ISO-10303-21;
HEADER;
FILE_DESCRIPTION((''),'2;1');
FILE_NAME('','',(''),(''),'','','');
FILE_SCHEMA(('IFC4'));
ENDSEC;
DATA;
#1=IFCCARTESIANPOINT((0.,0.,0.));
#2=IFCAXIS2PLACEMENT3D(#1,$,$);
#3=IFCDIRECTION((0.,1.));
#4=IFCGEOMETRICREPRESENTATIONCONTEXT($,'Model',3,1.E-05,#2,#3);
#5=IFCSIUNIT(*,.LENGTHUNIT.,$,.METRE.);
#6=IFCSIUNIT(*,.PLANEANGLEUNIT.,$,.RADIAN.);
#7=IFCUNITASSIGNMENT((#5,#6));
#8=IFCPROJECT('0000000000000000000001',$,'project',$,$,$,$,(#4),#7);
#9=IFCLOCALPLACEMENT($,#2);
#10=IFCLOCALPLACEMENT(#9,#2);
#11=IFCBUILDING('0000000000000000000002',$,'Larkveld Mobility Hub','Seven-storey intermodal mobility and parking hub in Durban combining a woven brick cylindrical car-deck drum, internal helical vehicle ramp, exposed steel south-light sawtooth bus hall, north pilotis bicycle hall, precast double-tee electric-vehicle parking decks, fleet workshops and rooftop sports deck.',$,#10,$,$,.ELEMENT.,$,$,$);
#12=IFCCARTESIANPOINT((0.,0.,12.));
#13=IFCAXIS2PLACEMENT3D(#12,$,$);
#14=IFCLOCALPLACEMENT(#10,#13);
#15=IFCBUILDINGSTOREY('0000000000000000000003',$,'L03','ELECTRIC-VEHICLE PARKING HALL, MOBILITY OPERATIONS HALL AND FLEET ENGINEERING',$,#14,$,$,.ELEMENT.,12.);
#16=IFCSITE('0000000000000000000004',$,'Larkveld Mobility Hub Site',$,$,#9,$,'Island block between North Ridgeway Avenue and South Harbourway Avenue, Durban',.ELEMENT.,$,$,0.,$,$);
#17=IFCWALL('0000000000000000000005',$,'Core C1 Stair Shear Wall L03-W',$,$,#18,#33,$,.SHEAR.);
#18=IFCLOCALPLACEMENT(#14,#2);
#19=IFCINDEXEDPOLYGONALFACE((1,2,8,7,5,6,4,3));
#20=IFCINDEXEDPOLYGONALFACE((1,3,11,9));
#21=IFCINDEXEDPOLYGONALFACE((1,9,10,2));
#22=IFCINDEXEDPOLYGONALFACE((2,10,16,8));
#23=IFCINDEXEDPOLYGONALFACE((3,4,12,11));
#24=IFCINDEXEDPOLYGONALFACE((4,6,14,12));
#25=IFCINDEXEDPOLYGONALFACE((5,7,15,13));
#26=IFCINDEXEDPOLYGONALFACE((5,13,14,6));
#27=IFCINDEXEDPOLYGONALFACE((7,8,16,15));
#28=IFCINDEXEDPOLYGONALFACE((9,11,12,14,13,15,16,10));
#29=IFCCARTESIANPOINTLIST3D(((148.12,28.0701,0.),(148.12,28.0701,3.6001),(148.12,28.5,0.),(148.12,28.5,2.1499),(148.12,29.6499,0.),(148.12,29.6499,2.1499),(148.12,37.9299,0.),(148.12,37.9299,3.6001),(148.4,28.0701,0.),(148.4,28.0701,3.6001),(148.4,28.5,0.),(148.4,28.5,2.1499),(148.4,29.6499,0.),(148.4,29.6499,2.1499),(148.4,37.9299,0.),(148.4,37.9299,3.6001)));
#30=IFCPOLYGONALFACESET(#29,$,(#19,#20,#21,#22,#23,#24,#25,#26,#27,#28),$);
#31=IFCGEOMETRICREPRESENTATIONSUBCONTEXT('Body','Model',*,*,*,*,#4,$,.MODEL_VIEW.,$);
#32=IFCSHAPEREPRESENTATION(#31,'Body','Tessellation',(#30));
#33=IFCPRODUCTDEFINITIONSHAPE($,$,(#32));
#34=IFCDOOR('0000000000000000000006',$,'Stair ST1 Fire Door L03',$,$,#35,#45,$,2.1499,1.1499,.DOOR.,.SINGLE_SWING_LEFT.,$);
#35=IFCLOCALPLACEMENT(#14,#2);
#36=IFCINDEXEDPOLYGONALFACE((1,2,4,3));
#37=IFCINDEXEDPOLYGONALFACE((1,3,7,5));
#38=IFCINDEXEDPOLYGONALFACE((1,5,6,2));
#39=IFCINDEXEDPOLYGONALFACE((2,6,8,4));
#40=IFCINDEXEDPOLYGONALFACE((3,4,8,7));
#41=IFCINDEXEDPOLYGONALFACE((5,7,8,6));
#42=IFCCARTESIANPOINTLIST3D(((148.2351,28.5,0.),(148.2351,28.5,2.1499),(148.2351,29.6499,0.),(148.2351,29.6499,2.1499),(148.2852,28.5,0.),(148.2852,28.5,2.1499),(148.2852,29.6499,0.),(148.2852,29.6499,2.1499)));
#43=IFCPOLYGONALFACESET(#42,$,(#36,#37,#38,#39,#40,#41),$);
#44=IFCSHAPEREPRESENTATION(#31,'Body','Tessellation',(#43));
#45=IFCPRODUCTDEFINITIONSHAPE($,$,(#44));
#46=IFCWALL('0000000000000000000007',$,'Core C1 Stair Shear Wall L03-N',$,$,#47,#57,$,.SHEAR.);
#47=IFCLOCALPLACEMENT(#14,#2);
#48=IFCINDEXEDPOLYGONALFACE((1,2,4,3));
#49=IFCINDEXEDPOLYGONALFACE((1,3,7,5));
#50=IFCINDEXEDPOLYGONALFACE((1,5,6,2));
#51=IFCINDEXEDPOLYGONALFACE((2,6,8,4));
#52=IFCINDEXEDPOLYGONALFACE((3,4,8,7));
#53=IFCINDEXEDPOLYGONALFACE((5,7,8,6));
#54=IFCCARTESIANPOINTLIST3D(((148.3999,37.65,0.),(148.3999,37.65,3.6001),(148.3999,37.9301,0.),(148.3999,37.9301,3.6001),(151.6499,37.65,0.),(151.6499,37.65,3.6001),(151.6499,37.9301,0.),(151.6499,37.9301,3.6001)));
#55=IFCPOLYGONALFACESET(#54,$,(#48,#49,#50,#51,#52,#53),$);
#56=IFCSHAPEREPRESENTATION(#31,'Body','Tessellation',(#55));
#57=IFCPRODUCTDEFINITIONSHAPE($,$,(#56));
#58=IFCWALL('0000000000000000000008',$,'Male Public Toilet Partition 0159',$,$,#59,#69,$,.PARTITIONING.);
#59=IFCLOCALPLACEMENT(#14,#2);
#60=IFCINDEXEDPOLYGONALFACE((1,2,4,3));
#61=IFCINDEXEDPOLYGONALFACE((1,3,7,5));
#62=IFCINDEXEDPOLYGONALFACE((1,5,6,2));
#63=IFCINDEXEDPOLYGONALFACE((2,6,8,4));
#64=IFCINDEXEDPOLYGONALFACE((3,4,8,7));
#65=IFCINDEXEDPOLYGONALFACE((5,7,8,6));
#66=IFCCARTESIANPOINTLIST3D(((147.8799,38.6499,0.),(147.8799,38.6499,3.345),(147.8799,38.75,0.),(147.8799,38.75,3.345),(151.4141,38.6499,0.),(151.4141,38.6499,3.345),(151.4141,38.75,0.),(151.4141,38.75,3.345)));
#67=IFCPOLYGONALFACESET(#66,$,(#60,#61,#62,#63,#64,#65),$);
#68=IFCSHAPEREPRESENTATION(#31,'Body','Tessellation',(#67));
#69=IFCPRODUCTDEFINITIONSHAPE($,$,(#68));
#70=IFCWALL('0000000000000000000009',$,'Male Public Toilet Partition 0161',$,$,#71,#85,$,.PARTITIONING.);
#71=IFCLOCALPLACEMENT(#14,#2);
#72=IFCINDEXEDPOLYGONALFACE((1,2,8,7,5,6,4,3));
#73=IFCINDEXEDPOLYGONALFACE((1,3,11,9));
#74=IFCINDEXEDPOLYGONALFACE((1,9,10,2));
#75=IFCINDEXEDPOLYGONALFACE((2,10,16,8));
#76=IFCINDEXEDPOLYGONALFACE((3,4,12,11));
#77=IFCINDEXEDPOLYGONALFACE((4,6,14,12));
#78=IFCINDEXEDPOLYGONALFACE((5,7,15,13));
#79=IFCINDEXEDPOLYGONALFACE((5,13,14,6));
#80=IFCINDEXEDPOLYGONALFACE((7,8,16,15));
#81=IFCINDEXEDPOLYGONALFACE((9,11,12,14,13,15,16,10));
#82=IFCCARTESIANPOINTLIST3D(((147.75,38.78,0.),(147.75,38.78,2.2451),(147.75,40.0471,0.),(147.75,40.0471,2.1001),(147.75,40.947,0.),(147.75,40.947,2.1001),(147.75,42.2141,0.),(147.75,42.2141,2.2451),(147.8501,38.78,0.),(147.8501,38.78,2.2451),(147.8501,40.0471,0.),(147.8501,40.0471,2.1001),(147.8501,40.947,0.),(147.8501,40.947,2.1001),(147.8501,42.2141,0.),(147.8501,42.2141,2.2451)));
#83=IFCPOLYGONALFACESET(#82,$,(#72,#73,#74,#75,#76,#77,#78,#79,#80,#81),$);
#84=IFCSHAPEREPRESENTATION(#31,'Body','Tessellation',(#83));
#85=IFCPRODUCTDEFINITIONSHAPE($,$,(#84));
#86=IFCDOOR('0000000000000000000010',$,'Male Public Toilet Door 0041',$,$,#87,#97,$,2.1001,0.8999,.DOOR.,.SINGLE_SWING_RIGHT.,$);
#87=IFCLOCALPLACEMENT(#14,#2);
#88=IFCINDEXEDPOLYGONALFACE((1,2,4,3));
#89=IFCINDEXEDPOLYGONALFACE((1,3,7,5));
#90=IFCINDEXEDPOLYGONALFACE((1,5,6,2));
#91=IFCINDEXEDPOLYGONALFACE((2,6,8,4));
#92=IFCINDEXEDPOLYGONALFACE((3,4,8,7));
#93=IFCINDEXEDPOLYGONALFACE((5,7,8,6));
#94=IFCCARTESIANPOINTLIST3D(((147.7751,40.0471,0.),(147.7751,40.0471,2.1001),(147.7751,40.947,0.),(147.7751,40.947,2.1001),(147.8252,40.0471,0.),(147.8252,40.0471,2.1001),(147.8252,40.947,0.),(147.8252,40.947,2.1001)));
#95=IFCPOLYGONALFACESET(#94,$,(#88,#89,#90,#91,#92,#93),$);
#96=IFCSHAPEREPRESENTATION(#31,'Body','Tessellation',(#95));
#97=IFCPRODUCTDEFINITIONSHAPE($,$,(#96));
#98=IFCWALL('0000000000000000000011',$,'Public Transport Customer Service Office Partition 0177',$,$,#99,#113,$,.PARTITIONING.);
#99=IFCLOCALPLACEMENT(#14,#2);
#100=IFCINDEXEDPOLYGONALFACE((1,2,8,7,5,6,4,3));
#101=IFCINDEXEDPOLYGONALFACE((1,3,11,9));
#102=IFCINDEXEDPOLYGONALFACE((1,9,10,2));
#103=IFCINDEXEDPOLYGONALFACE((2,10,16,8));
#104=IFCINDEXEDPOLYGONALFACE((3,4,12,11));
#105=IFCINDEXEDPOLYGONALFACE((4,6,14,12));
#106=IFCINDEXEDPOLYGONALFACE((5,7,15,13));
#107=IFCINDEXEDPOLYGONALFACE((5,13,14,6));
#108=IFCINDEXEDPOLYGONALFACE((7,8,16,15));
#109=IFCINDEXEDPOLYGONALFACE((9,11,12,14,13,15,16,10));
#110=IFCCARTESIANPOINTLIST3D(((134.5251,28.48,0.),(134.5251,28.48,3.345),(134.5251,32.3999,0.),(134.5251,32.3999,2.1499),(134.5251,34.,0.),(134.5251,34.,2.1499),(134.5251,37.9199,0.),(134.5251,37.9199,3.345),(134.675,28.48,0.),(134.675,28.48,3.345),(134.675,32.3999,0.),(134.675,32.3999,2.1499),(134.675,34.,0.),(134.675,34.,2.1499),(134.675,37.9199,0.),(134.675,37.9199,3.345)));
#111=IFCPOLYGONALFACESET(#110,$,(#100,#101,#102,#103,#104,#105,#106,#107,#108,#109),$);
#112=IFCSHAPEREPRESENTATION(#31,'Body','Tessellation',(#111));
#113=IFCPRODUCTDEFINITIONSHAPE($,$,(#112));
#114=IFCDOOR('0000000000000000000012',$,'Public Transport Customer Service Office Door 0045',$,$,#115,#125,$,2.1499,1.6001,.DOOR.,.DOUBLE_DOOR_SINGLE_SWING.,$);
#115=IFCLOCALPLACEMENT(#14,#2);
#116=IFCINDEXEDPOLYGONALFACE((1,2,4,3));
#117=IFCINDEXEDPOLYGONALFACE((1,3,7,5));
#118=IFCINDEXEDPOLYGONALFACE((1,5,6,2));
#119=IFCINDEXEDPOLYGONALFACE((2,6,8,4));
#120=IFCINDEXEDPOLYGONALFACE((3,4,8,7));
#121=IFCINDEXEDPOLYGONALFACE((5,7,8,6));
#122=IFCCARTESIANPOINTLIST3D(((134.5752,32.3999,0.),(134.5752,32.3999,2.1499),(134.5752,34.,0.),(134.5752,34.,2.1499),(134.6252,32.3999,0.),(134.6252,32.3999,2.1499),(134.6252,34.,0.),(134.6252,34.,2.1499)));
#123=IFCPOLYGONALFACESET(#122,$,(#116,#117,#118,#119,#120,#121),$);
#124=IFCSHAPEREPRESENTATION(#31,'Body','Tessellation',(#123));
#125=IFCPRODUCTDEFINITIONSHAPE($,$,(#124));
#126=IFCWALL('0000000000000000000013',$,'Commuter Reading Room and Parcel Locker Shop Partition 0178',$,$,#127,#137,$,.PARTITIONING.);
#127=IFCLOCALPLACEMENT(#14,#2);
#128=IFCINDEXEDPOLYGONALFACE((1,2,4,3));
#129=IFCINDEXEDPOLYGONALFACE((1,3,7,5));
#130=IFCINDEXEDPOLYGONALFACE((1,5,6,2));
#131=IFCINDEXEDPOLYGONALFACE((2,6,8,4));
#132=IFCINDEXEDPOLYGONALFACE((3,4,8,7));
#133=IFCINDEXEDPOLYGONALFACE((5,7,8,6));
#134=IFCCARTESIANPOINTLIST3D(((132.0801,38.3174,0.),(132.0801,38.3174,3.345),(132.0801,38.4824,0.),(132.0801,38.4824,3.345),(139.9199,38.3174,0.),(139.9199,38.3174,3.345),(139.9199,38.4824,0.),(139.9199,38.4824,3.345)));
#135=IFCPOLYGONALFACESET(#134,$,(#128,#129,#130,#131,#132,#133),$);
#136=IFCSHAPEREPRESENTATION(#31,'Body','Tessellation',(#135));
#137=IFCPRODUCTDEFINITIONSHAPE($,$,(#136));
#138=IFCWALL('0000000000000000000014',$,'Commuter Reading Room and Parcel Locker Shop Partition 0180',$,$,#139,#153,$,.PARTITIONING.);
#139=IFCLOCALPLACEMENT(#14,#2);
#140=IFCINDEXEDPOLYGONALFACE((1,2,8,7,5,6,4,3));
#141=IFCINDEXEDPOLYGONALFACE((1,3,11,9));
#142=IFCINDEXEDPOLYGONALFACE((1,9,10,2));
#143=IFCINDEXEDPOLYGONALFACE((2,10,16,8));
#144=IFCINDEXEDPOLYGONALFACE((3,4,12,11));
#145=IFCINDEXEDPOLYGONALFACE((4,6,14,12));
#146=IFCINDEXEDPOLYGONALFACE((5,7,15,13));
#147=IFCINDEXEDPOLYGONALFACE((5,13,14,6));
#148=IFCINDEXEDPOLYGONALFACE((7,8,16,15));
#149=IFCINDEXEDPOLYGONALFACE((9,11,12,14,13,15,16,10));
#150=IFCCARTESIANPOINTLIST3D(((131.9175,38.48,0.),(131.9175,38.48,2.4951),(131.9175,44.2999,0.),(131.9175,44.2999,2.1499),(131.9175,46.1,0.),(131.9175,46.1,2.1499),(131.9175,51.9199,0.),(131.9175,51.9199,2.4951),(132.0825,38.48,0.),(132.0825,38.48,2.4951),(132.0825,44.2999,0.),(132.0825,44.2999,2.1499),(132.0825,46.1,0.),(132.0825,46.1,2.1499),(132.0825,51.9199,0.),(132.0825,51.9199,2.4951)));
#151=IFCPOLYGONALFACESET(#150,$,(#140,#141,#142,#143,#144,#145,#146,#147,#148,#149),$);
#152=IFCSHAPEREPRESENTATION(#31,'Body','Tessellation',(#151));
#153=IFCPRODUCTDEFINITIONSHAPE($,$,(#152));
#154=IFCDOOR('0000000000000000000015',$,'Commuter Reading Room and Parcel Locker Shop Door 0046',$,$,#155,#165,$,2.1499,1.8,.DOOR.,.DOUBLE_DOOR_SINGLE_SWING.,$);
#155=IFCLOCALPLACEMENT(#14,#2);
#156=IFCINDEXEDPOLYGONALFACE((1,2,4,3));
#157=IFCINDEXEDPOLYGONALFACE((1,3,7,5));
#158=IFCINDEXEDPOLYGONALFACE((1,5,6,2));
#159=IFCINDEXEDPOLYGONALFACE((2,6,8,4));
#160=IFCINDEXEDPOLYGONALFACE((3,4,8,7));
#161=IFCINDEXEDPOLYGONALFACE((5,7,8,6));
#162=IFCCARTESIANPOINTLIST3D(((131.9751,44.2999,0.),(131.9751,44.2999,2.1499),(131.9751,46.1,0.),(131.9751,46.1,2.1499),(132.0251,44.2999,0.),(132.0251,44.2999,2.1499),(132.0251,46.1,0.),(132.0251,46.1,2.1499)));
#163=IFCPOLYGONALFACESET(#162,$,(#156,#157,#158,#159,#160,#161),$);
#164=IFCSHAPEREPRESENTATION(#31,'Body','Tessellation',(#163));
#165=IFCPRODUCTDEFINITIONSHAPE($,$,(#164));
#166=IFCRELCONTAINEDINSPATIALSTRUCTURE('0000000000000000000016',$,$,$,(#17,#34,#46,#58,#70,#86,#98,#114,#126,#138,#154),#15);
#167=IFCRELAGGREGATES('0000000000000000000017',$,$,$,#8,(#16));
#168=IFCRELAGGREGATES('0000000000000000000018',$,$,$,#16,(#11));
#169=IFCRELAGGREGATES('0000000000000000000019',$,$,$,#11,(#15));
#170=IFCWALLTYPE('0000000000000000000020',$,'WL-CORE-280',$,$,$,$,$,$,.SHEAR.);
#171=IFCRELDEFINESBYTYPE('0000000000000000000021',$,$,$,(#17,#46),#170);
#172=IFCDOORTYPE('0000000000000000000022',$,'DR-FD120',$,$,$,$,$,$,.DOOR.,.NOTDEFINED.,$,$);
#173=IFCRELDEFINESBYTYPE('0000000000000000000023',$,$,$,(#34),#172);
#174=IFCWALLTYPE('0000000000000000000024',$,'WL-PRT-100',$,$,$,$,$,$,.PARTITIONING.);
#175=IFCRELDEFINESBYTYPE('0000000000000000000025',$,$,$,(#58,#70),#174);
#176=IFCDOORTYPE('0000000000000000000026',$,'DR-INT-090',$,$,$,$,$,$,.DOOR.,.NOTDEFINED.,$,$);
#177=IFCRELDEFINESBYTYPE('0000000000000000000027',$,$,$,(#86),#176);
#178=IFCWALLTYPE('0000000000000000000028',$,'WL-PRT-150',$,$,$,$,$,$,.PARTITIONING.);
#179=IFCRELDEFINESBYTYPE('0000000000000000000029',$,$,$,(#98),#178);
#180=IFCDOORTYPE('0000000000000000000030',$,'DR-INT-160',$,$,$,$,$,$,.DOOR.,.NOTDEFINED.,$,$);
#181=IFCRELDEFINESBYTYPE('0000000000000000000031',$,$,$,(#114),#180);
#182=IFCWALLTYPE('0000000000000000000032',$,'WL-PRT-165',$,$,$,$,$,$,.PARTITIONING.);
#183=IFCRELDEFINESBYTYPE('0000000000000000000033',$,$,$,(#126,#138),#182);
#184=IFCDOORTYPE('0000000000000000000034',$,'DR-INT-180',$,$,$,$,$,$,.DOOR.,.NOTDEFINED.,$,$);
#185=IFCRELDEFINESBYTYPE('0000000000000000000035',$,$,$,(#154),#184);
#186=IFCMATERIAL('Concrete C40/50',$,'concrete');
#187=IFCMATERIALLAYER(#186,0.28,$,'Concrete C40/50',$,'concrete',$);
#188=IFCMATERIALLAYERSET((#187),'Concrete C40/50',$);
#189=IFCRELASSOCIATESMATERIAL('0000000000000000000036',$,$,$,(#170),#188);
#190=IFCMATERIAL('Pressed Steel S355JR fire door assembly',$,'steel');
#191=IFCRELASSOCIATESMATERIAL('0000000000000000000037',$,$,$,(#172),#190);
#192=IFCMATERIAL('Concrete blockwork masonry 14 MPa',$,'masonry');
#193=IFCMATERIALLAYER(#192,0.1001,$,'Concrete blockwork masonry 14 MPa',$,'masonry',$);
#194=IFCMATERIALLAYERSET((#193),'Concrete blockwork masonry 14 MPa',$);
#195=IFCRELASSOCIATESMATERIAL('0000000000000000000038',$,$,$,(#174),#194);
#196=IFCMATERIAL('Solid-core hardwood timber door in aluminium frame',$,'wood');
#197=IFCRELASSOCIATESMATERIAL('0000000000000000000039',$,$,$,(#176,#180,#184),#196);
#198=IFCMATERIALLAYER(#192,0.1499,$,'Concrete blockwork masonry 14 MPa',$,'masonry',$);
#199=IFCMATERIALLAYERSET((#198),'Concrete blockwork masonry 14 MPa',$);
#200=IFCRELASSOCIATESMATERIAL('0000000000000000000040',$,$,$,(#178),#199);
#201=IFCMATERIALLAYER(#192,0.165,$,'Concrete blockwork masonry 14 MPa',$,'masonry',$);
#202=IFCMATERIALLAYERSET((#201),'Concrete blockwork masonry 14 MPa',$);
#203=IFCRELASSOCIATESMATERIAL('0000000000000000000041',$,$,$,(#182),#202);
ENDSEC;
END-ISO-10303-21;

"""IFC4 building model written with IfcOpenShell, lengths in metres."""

from ifc_helpers import new_model, si_unit, direction, frame, frame_2d, origin, place, context, subcontext, project, spatial, rectangle, extrude, material, layer, layer_set, type_object, element, fill, save


model = new_model("IFC4")

# Units and contexts
model_context = context("Model", 3, precision=1e-05, world=origin(), true_north=direction((0.0, 1.0)))
body_context = subcontext(model_context, "Body", "Model", "MODEL_VIEW")
ifc_project = project(units=[si_unit("LENGTHUNIT", "METRE"), si_unit("PLANEANGLEUNIT", "RADIAN")], contexts=[model_context])

# Site, building, storey
site_placement = place(None, origin())
site = spatial("IfcSite", under=ifc_project, at=site_placement, Name="Larkveld Mobility Hub Site", LongName="Island block between North Ridgeway Avenue and South Harbourway Avenue, Durban", CompositionType="ELEMENT", RefElevation=0.0)
building_placement = place(site_placement, origin())
building = spatial("IfcBuilding", under=site, at=building_placement, Name="Larkveld Mobility Hub", Description="Seven-storey intermodal mobility and parking hub in Durban combining a woven brick cylindrical car-deck drum, internal helical vehicle ramp, exposed steel south-light sawtooth bus hall, north pilotis bicycle hall, precast double-tee electric-vehicle parking decks, fleet workshops and rooftop sports deck.", CompositionType="ELEMENT")
storey_placement = place(building_placement, frame((0.0, 0.0, 12.0)))
storey = spatial("IfcBuildingStorey", under=building, at=storey_placement, Name="L03", Description="ELECTRIC-VEHICLE PARKING HALL, MOBILITY OPERATIONS HALL AND FLEET ENGINEERING", CompositionType="ELEMENT", Elevation=12.0)

# Shared definitions
ifc_material_1 = material(Name="Concrete C40/50", Category="concrete")

# Wall, opening, door
ifc_layer_1 = layer(ifc_material_1, 0.28, Name="Concrete C40/50", Category="concrete")
ifc_layer_set_1 = layer_set([ifc_layer_1], Name="Concrete C40/50")
wall_type_1 = type_object("IfcWallType", Name="WL-CORE-280", PredefinedType="SHEAR", material=ifc_layer_set_1)
wall_1_placement = place(storey_placement, frame((148.26, 28.0701, 0.0), z_axis=(0.0, 0.0, 1.0), x_axis=(0.0, 1.0, 0.0)))
wall_1 = element("IfcWall", 1, at=wall_1_placement, inside=storey, type_object=wall_type_1, Name="Core C1 Stair Shear Wall L03-W", PredefinedType="SHEAR", context=body_context, shape_type="SweptSolid", body=[
    extrude(rectangle(XDim=9.8599, YDim=0.28, at=frame_2d((4.9299, 0.0))), origin(), (0.0, 0.0, 1.0), 3.6001),
])
opening_1_placement = place(wall_1_placement, frame((0.4299, 0.0, 0.0)))
opening_1 = element("IfcOpeningElement", 2, at=opening_1_placement, cuts=wall_1, PredefinedType="OPENING", context=body_context, shape_type="SweptSolid", body=[
    extrude(rectangle(XDim=1.1499, YDim=2.1499, at=frame_2d((0.575, 1.075))), frame((0.0, 0.1499, 0.0), z_axis=(0.0, -1.0, 0.0), x_axis=(1.0, 0.0, 0.0)), (0.0, 0.0, 1.0), 0.3),
])
ifc_material_2 = material(Name="Pressed Steel S355JR fire door assembly", Category="steel")
door_type_1 = type_object("IfcDoorType", Name="DR-FD120", OperationType="NOTDEFINED", PredefinedType="DOOR", material=ifc_material_2)
door_1_placement = place(opening_1_placement, origin())
door_1 = element("IfcDoor", 3, at=door_1_placement, inside=storey, type_object=door_type_1, Name="Stair ST1 Fire Door L03", OperationType="SINGLE_SWING_LEFT", OverallHeight=2.1499, OverallWidth=1.1499, PredefinedType="DOOR", context=body_context, shape_type="SweptSolid", body=[
    extrude(rectangle(XDim=1.1499, YDim=2.1499, at=frame_2d((0.575, 1.075))), frame((0.0, 0.0249, 0.0), z_axis=(0.0, -1.0, 0.0), x_axis=(1.0, 0.0, 0.0)), (0.0, 0.0, 1.0), 0.05),
])
fill(opening_1, door_1)

# Walls
wall_2_placement = place(storey_placement, frame((148.3999, 37.79, 0.0), z_axis=(0.0, 0.0, 1.0), x_axis=(1.0, 0.0, 0.0)))
element("IfcWall", 4, at=wall_2_placement, inside=storey, type_object=wall_type_1, Name="Core C1 Stair Shear Wall L03-N", PredefinedType="SHEAR", context=body_context, shape_type="SweptSolid", body=[
    extrude(rectangle(XDim=3.25, YDim=0.28, at=frame_2d((1.625, 0.0))), origin(), (0.0, 0.0, 1.0), 3.6001),
])
ifc_material_3 = material(Name="Concrete blockwork masonry 14 MPa", Category="masonry")
ifc_layer_2 = layer(ifc_material_3, 0.1001, Name="Concrete blockwork masonry 14 MPa", Category="masonry")
ifc_layer_set_2 = layer_set([ifc_layer_2], Name="Concrete blockwork masonry 14 MPa")
wall_type_2 = type_object("IfcWallType", Name="WL-PRT-100", PredefinedType="PARTITIONING", material=ifc_layer_set_2)
wall_3_placement = place(storey_placement, frame((147.8799, 38.7, 0.0), z_axis=(0.0, 0.0, 1.0), x_axis=(1.0, 0.0, 0.0)))
element("IfcWall", 5, at=wall_3_placement, inside=storey, type_object=wall_type_2, Name="Male Public Toilet Partition 0159", PredefinedType="PARTITIONING", context=body_context, shape_type="SweptSolid", body=[
    extrude(rectangle(XDim=3.5342, YDim=0.1001, at=frame_2d((1.7671, 0.0))), origin(), (0.0, 0.0, 1.0), 3.345),
])

# Walls, openings, doors
wall_4_placement = place(storey_placement, frame((147.8, 38.78, 0.0), z_axis=(0.0, 0.0, 1.0), x_axis=(0.0, 1.0, 0.0)))
wall_4 = element("IfcWall", 6, at=wall_4_placement, inside=storey, type_object=wall_type_2, Name="Male Public Toilet Partition 0161", PredefinedType="PARTITIONING", context=body_context, shape_type="SweptSolid", body=[
    extrude(rectangle(XDim=3.4341, YDim=0.1001, at=frame_2d((1.717, 0.0))), origin(), (0.0, 0.0, 1.0), 2.2451),
])
opening_2_placement = place(wall_4_placement, frame((1.2671, 0.0, 0.0)))
opening_2 = element("IfcOpeningElement", 7, at=opening_2_placement, cuts=wall_4, PredefinedType="OPENING", context=body_context, shape_type="SweptSolid", body=[
    extrude(rectangle(XDim=0.8999, YDim=2.1001, at=frame_2d((0.45, 1.05))), frame((0.0, 0.0601, 0.0), z_axis=(0.0, -1.0, 0.0), x_axis=(1.0, 0.0, 0.0)), (0.0, 0.0, 1.0), 0.1201),
])
ifc_material_4 = material(Name="Solid-core hardwood timber door in aluminium frame", Category="wood")
door_type_2 = type_object("IfcDoorType", Name="DR-INT-090", OperationType="NOTDEFINED", PredefinedType="DOOR", material=ifc_material_4)
door_2_placement = place(opening_2_placement, origin())
door_2 = element("IfcDoor", 8, at=door_2_placement, inside=storey, type_object=door_type_2, Name="Male Public Toilet Door 0041", OperationType="SINGLE_SWING_RIGHT", OverallHeight=2.1001, OverallWidth=0.8999, PredefinedType="DOOR", context=body_context, shape_type="SweptSolid", body=[
    extrude(rectangle(XDim=0.8999, YDim=2.1001, at=frame_2d((0.45, 1.05))), frame((0.0, 0.0249, 0.0), z_axis=(0.0, -1.0, 0.0), x_axis=(1.0, 0.0, 0.0)), (0.0, 0.0, 1.0), 0.05),
])
fill(opening_2, door_2)
ifc_layer_3 = layer(ifc_material_3, 0.1499, Name="Concrete blockwork masonry 14 MPa", Category="masonry")
ifc_layer_set_3 = layer_set([ifc_layer_3], Name="Concrete blockwork masonry 14 MPa")
wall_type_3 = type_object("IfcWallType", Name="WL-PRT-150", PredefinedType="PARTITIONING", material=ifc_layer_set_3)
wall_5_placement = place(storey_placement, frame((134.6001, 28.48, 0.0), z_axis=(0.0, 0.0, 1.0), x_axis=(0.0, 1.0, 0.0)))
wall_5 = element("IfcWall", 9, at=wall_5_placement, inside=storey, type_object=wall_type_3, Name="Public Transport Customer Service Office Partition 0177", PredefinedType="PARTITIONING", context=body_context, shape_type="SweptSolid", body=[
    extrude(rectangle(XDim=9.4399, YDim=0.1499, at=frame_2d((4.72, 0.0))), origin(), (0.0, 0.0, 1.0), 3.345),
])
opening_3_placement = place(wall_5_placement, frame((3.9199, 0.0, 0.0)))
opening_3 = element("IfcOpeningElement", 10, at=opening_3_placement, cuts=wall_5, PredefinedType="OPENING", context=body_context, shape_type="SweptSolid", body=[
    extrude(rectangle(XDim=1.6001, YDim=2.1499, at=frame_2d((0.8, 1.075))), frame((0.0, 0.085, 0.0), z_axis=(0.0, -1.0, 0.0), x_axis=(1.0, 0.0, 0.0)), (0.0, 0.0, 1.0), 0.1699),
])
door_type_3 = type_object("IfcDoorType", Name="DR-INT-160", OperationType="NOTDEFINED", PredefinedType="DOOR", material=ifc_material_4)
door_3_placement = place(opening_3_placement, origin())
door_3 = element("IfcDoor", 11, at=door_3_placement, inside=storey, type_object=door_type_3, Name="Public Transport Customer Service Office Door 0045", OperationType="DOUBLE_DOOR_SINGLE_SWING", OverallHeight=2.1499, OverallWidth=1.6001, PredefinedType="DOOR", context=body_context, shape_type="SweptSolid", body=[
    extrude(rectangle(XDim=1.6001, YDim=2.1499, at=frame_2d((0.8, 1.075))), frame((0.0, 0.0249, 0.0), z_axis=(0.0, -1.0, 0.0), x_axis=(1.0, 0.0, 0.0)), (0.0, 0.0, 1.0), 0.05),
])
fill(opening_3, door_3)

# Wall
ifc_layer_4 = layer(ifc_material_3, 0.165, Name="Concrete blockwork masonry 14 MPa", Category="masonry")
ifc_layer_set_4 = layer_set([ifc_layer_4], Name="Concrete blockwork masonry 14 MPa")
wall_type_4 = type_object("IfcWallType", Name="WL-PRT-165", PredefinedType="PARTITIONING", material=ifc_layer_set_4)
wall_6_placement = place(storey_placement, frame((132.0801, 38.3999, 0.0), z_axis=(0.0, 0.0, 1.0), x_axis=(1.0, 0.0, 0.0)))
element("IfcWall", 12, at=wall_6_placement, inside=storey, type_object=wall_type_4, Name="Commuter Reading Room and Parcel Locker Shop Partition 0178", PredefinedType="PARTITIONING", context=body_context, shape_type="SweptSolid", body=[
    extrude(rectangle(XDim=7.8398, YDim=0.165, at=frame_2d((3.9199, 0.0))), origin(), (0.0, 0.0, 1.0), 3.345),
])

# Wall, opening, door
wall_7_placement = place(storey_placement, frame((132.0, 38.48, 0.0), z_axis=(0.0, 0.0, 1.0), x_axis=(0.0, 1.0, 0.0)))
wall_7 = element("IfcWall", 13, at=wall_7_placement, inside=storey, type_object=wall_type_4, Name="Commuter Reading Room and Parcel Locker Shop Partition 0180", PredefinedType="PARTITIONING", context=body_context, shape_type="SweptSolid", body=[
    extrude(rectangle(XDim=13.4399, YDim=0.165, at=frame_2d((6.72, 0.0))), origin(), (0.0, 0.0, 1.0), 2.4951),
])
opening_4_placement = place(wall_7_placement, frame((5.8201, 0.0, 0.0)))
opening_4 = element("IfcOpeningElement", 14, at=opening_4_placement, cuts=wall_7, PredefinedType="OPENING", context=body_context, shape_type="SweptSolid", body=[
    extrude(rectangle(XDim=1.8, YDim=2.1499, at=frame_2d((0.8999, 1.075))), frame((0.0, 0.0925, 0.0), z_axis=(0.0, -1.0, 0.0), x_axis=(1.0, 0.0, 0.0)), (0.0, 0.0, 1.0), 0.1851),
])
door_type_4 = type_object("IfcDoorType", Name="DR-INT-180", OperationType="NOTDEFINED", PredefinedType="DOOR", material=ifc_material_4)
door_4_placement = place(opening_4_placement, origin())
door_4 = element("IfcDoor", 15, at=door_4_placement, inside=storey, type_object=door_type_4, Name="Commuter Reading Room and Parcel Locker Shop Door 0046", OperationType="DOUBLE_DOOR_SINGLE_SWING", OverallHeight=2.1499, OverallWidth=1.8, PredefinedType="DOOR", context=body_context, shape_type="SweptSolid", body=[
    extrude(rectangle(XDim=1.8, YDim=2.1499, at=frame_2d((0.8999, 1.075))), frame((0.0, 0.0249, 0.0), z_axis=(0.0, -1.0, 0.0), x_axis=(1.0, 0.0, 0.0)), (0.0, 0.0, 1.0), 0.05),
])
fill(opening_4, door_4)

save(model, "model.ifc")
